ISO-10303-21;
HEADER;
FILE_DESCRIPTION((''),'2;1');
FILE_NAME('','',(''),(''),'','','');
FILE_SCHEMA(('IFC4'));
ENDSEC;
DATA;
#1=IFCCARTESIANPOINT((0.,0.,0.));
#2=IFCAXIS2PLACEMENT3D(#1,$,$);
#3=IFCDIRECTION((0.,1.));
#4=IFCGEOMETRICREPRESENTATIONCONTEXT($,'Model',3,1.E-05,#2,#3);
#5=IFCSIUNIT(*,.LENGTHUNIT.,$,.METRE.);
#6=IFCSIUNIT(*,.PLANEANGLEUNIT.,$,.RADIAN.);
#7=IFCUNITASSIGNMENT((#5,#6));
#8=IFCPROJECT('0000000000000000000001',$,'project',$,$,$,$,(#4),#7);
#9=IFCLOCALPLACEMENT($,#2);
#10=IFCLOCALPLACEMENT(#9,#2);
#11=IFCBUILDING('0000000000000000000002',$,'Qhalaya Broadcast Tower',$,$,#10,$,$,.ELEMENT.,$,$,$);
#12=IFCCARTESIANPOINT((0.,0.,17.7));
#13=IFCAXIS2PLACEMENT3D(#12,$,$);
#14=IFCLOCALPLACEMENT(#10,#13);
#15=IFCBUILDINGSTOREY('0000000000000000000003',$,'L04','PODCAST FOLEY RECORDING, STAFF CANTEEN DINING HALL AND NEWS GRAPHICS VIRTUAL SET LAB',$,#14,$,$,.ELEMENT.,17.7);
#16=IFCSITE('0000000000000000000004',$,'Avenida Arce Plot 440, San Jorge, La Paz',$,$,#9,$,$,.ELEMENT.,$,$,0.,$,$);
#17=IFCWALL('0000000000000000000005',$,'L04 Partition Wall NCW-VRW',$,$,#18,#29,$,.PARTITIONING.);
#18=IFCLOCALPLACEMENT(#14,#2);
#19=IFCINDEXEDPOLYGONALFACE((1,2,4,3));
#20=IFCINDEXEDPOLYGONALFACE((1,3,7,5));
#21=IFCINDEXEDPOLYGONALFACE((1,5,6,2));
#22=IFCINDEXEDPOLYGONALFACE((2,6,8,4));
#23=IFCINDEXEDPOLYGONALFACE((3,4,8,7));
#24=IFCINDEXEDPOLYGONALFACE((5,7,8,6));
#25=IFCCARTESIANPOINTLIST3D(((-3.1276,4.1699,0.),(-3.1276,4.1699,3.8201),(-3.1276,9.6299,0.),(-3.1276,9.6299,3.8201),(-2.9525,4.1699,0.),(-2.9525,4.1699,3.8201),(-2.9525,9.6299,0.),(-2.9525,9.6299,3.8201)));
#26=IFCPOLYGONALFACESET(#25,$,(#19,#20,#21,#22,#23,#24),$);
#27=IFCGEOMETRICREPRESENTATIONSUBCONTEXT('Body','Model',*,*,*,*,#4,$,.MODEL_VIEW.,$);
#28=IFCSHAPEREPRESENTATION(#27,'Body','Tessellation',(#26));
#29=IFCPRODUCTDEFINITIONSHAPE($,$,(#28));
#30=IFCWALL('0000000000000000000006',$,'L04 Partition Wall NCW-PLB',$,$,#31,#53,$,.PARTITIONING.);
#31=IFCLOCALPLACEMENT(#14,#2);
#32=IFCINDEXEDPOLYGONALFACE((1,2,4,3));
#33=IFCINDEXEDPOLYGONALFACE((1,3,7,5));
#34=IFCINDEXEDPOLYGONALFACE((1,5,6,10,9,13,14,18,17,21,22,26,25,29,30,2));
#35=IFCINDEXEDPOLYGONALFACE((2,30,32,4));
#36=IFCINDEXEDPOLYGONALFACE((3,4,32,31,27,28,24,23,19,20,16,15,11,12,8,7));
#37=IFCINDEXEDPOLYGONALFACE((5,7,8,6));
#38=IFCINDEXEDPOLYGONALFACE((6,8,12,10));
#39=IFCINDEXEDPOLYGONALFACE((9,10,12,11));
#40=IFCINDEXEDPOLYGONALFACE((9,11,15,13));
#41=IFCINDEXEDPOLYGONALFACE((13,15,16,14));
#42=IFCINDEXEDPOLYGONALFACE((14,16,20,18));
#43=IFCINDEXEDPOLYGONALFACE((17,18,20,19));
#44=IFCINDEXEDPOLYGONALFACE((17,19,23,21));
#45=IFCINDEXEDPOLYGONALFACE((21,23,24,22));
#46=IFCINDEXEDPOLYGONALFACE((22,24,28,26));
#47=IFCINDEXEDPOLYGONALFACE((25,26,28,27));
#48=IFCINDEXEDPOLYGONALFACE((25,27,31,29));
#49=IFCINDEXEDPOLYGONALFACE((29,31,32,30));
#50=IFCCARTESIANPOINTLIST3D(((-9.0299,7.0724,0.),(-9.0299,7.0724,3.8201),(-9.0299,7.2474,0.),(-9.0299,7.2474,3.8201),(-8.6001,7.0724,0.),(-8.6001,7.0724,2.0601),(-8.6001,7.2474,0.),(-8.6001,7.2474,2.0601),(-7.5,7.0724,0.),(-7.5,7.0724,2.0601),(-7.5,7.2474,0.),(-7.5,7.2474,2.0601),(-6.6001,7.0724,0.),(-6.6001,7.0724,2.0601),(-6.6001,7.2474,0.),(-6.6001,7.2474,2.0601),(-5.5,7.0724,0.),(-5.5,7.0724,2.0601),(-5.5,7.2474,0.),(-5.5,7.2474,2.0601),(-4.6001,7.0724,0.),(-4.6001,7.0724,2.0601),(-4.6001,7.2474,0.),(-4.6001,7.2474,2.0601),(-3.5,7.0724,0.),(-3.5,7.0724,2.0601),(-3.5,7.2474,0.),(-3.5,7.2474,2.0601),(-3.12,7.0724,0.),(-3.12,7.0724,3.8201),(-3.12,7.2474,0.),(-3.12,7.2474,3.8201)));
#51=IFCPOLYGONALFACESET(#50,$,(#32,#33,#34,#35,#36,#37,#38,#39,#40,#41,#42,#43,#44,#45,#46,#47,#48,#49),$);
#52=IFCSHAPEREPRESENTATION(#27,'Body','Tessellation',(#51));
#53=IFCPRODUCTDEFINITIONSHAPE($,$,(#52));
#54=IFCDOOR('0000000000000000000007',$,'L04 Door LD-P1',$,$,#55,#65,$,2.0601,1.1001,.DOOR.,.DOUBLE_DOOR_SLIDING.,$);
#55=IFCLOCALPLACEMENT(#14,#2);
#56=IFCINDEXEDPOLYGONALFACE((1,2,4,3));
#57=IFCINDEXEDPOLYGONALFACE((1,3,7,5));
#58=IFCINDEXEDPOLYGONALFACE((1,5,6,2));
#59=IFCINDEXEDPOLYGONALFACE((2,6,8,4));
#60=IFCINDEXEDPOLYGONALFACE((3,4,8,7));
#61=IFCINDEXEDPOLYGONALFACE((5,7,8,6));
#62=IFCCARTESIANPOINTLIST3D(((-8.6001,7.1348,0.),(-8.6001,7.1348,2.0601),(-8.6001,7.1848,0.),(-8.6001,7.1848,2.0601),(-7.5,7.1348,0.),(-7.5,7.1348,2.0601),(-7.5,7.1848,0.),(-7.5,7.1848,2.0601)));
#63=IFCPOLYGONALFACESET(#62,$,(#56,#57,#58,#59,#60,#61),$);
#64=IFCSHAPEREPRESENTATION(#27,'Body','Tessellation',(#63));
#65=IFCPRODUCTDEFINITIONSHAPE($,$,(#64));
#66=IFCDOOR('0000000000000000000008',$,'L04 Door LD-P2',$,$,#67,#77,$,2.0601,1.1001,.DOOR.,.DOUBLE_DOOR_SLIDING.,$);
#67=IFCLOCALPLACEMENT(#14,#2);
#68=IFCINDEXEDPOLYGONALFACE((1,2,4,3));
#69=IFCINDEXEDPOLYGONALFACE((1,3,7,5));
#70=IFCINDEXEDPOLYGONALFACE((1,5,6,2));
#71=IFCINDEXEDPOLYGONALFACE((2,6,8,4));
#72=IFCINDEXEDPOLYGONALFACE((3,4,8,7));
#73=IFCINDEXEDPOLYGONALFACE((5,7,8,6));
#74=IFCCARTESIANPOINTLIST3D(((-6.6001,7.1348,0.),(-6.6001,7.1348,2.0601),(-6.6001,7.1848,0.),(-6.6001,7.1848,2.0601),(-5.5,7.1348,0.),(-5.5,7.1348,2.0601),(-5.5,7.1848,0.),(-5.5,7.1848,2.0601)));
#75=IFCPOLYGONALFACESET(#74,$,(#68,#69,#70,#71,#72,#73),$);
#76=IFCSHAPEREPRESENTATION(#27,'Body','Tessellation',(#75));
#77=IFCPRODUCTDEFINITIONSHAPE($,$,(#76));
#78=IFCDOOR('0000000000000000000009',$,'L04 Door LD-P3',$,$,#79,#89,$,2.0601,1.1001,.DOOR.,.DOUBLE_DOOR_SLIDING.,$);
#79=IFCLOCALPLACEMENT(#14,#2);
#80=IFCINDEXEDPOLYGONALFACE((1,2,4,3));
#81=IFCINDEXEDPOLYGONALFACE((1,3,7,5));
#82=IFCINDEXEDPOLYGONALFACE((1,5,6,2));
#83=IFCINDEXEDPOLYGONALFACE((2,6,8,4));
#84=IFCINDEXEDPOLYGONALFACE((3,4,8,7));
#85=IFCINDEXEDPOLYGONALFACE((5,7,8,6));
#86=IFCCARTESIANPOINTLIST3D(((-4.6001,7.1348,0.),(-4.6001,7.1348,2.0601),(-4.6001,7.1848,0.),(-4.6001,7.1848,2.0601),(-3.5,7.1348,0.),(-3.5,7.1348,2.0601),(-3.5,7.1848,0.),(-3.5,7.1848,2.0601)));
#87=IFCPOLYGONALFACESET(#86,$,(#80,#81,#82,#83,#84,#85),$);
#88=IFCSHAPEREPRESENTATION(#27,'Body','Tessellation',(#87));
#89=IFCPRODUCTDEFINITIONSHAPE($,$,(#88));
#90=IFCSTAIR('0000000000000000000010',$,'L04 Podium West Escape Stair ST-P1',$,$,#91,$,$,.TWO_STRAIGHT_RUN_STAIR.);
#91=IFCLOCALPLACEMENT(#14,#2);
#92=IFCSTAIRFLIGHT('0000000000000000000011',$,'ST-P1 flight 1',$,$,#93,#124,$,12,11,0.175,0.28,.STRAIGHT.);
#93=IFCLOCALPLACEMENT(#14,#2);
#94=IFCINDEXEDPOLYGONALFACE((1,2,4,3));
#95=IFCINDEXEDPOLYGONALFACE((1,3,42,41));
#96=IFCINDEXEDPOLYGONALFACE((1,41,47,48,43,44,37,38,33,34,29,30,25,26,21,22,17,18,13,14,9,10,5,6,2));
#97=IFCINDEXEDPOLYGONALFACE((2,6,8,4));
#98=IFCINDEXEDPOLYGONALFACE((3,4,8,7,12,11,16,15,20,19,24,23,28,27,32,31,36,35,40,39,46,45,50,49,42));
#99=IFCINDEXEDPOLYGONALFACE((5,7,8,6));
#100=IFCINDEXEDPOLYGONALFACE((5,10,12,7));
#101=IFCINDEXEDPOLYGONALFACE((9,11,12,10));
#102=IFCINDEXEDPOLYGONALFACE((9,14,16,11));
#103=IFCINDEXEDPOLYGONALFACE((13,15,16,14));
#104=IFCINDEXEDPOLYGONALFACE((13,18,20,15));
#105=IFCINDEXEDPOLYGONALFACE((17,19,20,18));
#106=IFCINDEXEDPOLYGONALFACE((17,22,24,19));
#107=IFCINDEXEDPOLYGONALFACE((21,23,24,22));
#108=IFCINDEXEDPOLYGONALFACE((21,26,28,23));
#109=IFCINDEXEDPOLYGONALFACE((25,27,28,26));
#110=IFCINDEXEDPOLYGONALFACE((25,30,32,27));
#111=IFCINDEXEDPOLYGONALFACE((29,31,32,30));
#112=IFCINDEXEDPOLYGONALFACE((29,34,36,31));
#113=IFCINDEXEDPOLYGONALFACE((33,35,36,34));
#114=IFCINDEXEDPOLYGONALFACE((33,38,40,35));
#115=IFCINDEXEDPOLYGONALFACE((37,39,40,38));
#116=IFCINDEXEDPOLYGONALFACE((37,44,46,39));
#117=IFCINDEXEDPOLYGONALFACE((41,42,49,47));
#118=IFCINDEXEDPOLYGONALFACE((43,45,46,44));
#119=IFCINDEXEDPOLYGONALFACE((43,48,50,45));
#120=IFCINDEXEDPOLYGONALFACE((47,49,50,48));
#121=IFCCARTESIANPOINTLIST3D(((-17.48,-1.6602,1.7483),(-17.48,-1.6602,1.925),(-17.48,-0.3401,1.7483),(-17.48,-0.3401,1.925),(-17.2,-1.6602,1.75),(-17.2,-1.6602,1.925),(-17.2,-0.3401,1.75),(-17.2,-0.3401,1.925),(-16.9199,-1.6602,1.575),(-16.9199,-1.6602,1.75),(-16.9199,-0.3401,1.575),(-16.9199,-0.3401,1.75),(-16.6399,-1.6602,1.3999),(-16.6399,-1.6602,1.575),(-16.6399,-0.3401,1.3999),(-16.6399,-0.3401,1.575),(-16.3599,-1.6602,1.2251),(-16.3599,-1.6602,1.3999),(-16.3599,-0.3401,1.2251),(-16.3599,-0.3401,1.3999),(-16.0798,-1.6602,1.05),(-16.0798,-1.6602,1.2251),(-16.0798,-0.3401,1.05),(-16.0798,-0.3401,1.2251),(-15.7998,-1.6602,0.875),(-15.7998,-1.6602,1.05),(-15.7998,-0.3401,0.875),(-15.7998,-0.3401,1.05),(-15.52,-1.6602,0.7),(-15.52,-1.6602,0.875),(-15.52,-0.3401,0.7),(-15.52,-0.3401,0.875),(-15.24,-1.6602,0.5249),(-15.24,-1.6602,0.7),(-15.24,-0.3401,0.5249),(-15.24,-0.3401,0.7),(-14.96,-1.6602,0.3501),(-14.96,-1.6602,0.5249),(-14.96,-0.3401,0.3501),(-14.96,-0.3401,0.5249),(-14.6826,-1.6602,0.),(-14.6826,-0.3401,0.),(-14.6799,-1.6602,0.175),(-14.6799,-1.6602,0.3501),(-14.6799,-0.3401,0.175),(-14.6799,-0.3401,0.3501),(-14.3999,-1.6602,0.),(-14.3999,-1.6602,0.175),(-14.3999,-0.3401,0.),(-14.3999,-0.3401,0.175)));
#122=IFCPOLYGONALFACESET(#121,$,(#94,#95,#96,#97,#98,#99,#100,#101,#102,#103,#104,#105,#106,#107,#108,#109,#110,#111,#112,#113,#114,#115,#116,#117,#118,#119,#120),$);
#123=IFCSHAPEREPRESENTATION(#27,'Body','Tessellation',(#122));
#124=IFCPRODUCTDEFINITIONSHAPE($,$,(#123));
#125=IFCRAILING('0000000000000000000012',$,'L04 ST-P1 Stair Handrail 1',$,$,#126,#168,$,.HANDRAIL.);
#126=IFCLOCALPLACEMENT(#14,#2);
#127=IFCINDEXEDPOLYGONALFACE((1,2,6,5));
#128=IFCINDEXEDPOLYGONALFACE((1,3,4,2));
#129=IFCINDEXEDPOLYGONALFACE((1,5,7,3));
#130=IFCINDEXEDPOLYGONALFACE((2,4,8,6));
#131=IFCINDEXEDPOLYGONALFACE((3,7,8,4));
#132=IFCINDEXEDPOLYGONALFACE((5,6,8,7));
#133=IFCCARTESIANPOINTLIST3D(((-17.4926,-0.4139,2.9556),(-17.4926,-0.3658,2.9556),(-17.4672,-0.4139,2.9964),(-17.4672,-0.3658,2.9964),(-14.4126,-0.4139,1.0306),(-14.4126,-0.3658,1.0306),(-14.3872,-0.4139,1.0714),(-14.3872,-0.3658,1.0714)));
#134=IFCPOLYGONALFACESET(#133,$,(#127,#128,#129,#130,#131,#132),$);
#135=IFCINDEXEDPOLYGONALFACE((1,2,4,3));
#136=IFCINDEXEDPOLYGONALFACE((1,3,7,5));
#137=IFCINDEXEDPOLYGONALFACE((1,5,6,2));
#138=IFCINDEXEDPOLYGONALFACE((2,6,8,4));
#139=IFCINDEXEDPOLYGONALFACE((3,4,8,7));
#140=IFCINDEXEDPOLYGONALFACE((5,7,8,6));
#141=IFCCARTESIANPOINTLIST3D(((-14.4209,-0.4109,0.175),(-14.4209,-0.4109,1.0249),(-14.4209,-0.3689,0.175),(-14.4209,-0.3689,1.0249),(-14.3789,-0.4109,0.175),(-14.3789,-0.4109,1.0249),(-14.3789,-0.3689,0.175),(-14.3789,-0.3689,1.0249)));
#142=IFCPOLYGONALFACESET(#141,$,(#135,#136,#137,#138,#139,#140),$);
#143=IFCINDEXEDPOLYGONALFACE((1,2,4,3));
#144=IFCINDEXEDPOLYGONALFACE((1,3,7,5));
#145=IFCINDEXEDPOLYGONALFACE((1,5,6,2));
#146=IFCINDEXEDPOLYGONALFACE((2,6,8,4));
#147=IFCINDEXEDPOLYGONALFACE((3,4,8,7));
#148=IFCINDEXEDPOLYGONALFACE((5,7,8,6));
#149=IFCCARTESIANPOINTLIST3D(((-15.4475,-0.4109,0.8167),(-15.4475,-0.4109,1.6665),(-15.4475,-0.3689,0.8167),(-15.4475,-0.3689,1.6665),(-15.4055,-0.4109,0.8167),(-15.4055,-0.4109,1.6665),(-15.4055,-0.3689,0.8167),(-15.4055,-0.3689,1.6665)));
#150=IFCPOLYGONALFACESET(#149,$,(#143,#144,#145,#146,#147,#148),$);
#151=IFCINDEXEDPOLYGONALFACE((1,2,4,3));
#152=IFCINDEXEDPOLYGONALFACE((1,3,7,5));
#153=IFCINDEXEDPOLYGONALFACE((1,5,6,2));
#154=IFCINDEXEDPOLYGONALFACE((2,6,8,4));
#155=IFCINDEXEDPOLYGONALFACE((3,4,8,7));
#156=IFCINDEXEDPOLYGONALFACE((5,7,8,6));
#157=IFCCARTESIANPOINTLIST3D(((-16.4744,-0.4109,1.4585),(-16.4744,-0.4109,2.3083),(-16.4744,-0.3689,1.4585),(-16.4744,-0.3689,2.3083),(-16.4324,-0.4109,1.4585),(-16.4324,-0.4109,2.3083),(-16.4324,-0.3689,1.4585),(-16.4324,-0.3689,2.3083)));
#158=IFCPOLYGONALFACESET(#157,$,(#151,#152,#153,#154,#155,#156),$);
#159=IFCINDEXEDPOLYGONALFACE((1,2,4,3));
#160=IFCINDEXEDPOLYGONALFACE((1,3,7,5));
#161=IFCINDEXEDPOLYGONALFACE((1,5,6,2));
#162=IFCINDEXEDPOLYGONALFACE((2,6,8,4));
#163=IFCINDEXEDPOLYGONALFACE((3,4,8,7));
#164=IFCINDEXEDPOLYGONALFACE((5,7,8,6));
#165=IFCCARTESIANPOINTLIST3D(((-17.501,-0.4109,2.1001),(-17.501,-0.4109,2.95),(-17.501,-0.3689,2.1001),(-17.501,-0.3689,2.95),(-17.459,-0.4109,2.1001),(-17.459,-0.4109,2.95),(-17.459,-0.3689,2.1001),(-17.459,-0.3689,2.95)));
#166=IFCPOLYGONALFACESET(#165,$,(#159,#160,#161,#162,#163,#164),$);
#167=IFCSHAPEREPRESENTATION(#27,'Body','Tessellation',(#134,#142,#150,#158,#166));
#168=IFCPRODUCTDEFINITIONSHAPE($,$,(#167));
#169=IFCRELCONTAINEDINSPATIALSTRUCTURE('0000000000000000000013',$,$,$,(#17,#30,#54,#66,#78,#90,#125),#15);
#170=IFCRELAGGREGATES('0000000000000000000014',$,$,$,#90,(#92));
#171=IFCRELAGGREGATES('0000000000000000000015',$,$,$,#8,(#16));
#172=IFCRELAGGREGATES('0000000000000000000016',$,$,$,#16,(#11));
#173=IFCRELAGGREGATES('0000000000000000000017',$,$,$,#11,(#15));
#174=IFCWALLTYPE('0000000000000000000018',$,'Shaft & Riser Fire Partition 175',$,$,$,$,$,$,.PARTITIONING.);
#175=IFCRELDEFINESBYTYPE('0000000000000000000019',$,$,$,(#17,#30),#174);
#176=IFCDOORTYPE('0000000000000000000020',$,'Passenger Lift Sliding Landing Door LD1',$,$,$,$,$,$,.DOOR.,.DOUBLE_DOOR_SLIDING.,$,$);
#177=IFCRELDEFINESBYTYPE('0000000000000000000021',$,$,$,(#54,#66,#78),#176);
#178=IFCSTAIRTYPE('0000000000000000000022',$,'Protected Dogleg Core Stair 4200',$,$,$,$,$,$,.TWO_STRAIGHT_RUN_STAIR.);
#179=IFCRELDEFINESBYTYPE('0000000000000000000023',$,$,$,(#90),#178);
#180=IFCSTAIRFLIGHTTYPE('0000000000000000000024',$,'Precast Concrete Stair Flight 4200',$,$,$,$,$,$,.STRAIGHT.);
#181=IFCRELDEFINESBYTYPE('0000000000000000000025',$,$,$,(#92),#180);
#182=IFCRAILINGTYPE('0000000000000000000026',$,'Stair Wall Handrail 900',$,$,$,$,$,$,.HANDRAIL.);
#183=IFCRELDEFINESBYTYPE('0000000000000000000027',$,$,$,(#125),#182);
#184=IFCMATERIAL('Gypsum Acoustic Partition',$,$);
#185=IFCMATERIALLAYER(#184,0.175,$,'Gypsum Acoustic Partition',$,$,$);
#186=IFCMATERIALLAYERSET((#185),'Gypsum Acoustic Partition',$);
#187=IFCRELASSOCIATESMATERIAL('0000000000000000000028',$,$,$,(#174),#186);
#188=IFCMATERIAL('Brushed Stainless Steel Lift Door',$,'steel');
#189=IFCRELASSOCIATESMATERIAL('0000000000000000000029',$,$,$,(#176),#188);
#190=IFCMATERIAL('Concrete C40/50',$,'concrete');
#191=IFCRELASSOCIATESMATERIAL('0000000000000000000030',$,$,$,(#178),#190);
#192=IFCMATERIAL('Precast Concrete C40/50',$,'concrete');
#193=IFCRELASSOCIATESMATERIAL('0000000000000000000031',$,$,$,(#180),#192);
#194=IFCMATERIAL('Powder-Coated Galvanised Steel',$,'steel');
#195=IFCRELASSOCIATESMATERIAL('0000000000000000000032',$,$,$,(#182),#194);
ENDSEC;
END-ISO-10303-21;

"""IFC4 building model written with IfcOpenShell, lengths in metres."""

from ifc_helpers import new_model, si_unit, direction, frame, frame_2d, origin, origin_2d, place, context, subcontext, project, spatial, polyline, rectangle, outline, extrude, material, layer, layer_set, type_object, element, fill, aggregate, save


model = new_model("IFC4")

# Units and contexts
model_context = context("Model", 3, precision=1e-05, world=origin(), true_north=direction((0.0, 1.0)))
body_context = subcontext(model_context, "Body", "Model", "MODEL_VIEW")
ifc_project = project(units=[si_unit("LENGTHUNIT", "METRE"), si_unit("PLANEANGLEUNIT", "RADIAN")], contexts=[model_context])

# Site, building, storey
site_placement = place(None, origin())
site = spatial("IfcSite", under=ifc_project, at=site_placement, Name="Avenida Arce Plot 440, San Jorge, La Paz", CompositionType="ELEMENT", RefElevation=0.0)
building_placement = place(site_placement, origin())
building = spatial("IfcBuilding", under=site, at=building_placement, Name="Qhalaya Broadcast Tower", CompositionType="ELEMENT")
storey_placement = place(building_placement, frame((0.0, 0.0, 17.7)))
storey = spatial("IfcBuildingStorey", under=building, at=storey_placement, Name="L04", Description="PODCAST FOLEY RECORDING, STAFF CANTEEN DINING HALL AND NEWS GRAPHICS VIRTUAL SET LAB", CompositionType="ELEMENT", Elevation=17.7)

# Shared definitions
ifc_material_1 = material(Name="Gypsum Acoustic Partition")

# Wall
ifc_layer_1 = layer(ifc_material_1, 0.175, Name="Gypsum Acoustic Partition")
ifc_layer_set_1 = layer_set([ifc_layer_1], Name="Gypsum Acoustic Partition")
wall_type_1 = type_object("IfcWallType", Name="Shaft & Riser Fire Partition 175", PredefinedType="PARTITIONING", material=ifc_layer_set_1)
wall_1_placement = place(storey_placement, frame((-3.04, 4.1699, 0.0), z_axis=(0.0, 0.0, 1.0), x_axis=(0.0, 1.0, 0.0)))
element("IfcWall", 1, at=wall_1_placement, inside=storey, type_object=wall_type_1, Name="L04 Partition Wall NCW-VRW", PredefinedType="PARTITIONING", context=body_context, shape_type="SweptSolid", body=[
    extrude(rectangle(XDim=5.46, YDim=0.175, at=frame_2d((2.73, 0.0))), origin(), (0.0, 0.0, 1.0), 3.8201),
])

# Wall, openings, doors
wall_2_placement = place(storey_placement, frame((-9.03, 7.1599, 0.0), z_axis=(0.0, 0.0, 1.0), x_axis=(1.0, 0.0, 0.0)))
wall_2 = element("IfcWall", 2, at=wall_2_placement, inside=storey, type_object=wall_type_1, Name="L04 Partition Wall NCW-PLB", PredefinedType="PARTITIONING", context=body_context, shape_type="SweptSolid", body=[
    extrude(rectangle(XDim=5.9099, YDim=0.175, at=frame_2d((2.9551, 0.0))), origin(), (0.0, 0.0, 1.0), 3.8201),
])
opening_1_placement = place(wall_2_placement, frame((0.4299, 0.0, 0.0)))
opening_1 = element("IfcOpeningElement", 3, at=opening_1_placement, cuts=wall_2, PredefinedType="OPENING", context=body_context, shape_type="SweptSolid", body=[
    extrude(rectangle(XDim=1.1001, YDim=2.0601, at=frame_2d((0.55, 1.03))), frame((0.0, 0.0996, 0.0), z_axis=(0.0, -1.0, 0.0), x_axis=(1.0, 0.0, 0.0)), (0.0, 0.0, 1.0), 0.199),
])
opening_2_placement = place(wall_2_placement, frame((2.4299, 0.0, 0.0)))
opening_2 = element("IfcOpeningElement", 4, at=opening_2_placement, cuts=wall_2, PredefinedType="OPENING", context=body_context, shape_type="SweptSolid", body=[
    extrude(rectangle(XDim=1.1001, YDim=2.0601, at=frame_2d((0.55, 1.03))), frame((0.0, 0.0996, 0.0), z_axis=(0.0, -1.0, 0.0), x_axis=(1.0, 0.0, 0.0)), (0.0, 0.0, 1.0), 0.199),
])
opening_3_placement = place(wall_2_placement, frame((4.4299, 0.0, 0.0)))
opening_3 = element("IfcOpeningElement", 5, at=opening_3_placement, cuts=wall_2, PredefinedType="OPENING", context=body_context, shape_type="SweptSolid", body=[
    extrude(rectangle(XDim=1.1001, YDim=2.0601, at=frame_2d((0.55, 1.03))), frame((0.0, 0.0996, 0.0), z_axis=(0.0, -1.0, 0.0), x_axis=(1.0, 0.0, 0.0)), (0.0, 0.0, 1.0), 0.199),
])
ifc_material_2 = material(Name="Brushed Stainless Steel Lift Door", Category="steel")
door_type_1 = type_object("IfcDoorType", Name="Passenger Lift Sliding Landing Door LD1", OperationType="DOUBLE_DOOR_SLIDING", PredefinedType="DOOR", material=ifc_material_2)
door_1_placement = place(opening_1_placement, origin())
door_1 = element("IfcDoor", 6, at=door_1_placement, inside=storey, type_object=door_type_1, Name="L04 Door LD-P1", OperationType="DOUBLE_DOOR_SLIDING", OverallHeight=2.0601, OverallWidth=1.1001, PredefinedType="DOOR", context=body_context, shape_type="SweptSolid", body=[
    extrude(rectangle(XDim=1.1001, YDim=2.0601, at=frame_2d((0.55, 1.03))), frame((0.0, 0.0249, 0.0), z_axis=(0.0, -1.0, 0.0), x_axis=(1.0, 0.0, 0.0)), (0.0, 0.0, 1.0), 0.05),
])
fill(opening_1, door_1)
door_2_placement = place(opening_2_placement, origin())
door_2 = element("IfcDoor", 7, at=door_2_placement, inside=storey, type_object=door_type_1, Name="L04 Door LD-P2", OperationType="DOUBLE_DOOR_SLIDING", OverallHeight=2.0601, OverallWidth=1.1001, PredefinedType="DOOR", context=body_context, shape_type="SweptSolid", body=[
    extrude(rectangle(XDim=1.1001, YDim=2.0601, at=frame_2d((0.55, 1.03))), frame((0.0, 0.0249, 0.0), z_axis=(0.0, -1.0, 0.0), x_axis=(1.0, 0.0, 0.0)), (0.0, 0.0, 1.0), 0.05),
])
fill(opening_2, door_2)
door_3_placement = place(opening_3_placement, origin())
door_3 = element("IfcDoor", 8, at=door_3_placement, inside=storey, type_object=door_type_1, Name="L04 Door LD-P3", OperationType="DOUBLE_DOOR_SLIDING", OverallHeight=2.0601, OverallWidth=1.1001, PredefinedType="DOOR", context=body_context, shape_type="SweptSolid", body=[
    extrude(rectangle(XDim=1.1001, YDim=2.0601, at=frame_2d((0.55, 1.03))), frame((0.0, 0.0249, 0.0), z_axis=(0.0, -1.0, 0.0), x_axis=(1.0, 0.0, 0.0)), (0.0, 0.0, 1.0), 0.05),
])
fill(opening_3, door_3)

# Stair, stair flight
ifc_material_3 = material(Name="Concrete C40/50", Category="concrete")
stair_type = type_object("IfcStairType", Name="Protected Dogleg Core Stair 4200", PredefinedType="TWO_STRAIGHT_RUN_STAIR", material=ifc_material_3)
stair_placement = place(storey_placement, origin())
stair = element("IfcStair", 9, at=stair_placement, inside=storey, type_object=stair_type, Name="L04 Podium West Escape Stair ST-P1", PredefinedType="TWO_STRAIGHT_RUN_STAIR")
ifc_material_4 = material(Name="Precast Concrete C40/50", Category="concrete")
stair_flight_type = type_object("IfcStairFlightType", Name="Precast Concrete Stair Flight 4200", PredefinedType="STRAIGHT", material=ifc_material_4)
stair_flight_placement = place(storey_placement, frame((-14.3999, -1.0, 0.0), z_axis=(0.0, 0.0, 1.0), x_axis=(-1.0, 0.0, 0.0)))
stair_flight = element("IfcStairFlight", 10, at=stair_flight_placement, type_object=stair_flight_type, Name="ST-P1 flight 1", NumberOfRisers=12, NumberOfTreads=11, PredefinedType="STRAIGHT", RiserHeight=0.175, TreadLength=0.28, context=body_context, shape_type="SweptSolid", body=[
    extrude(outline(polyline([(0.0, 0.0), (0.0, 0.175), (0.28, 0.175), (0.28, 0.3501), (0.5601, 0.3501), (0.5601, 0.5249), (0.8401, 0.5249), (0.8401, 0.7), (1.1201, 0.7), (1.1201, 0.875), (1.3999, 0.875), (1.3999, 1.05), (1.6799, 1.05), (1.6799, 1.2251), (1.96, 1.2251), (1.96, 1.3999), (2.24, 1.3999), (2.24, 1.575), (2.52, 1.575), (2.52, 1.75), (2.8, 1.75), (2.8, 1.925), (3.0801, 1.925), (3.0801, 2.1001), (3.0801, 1.7483), (0.2827, 0.0), (0.0, 0.0)])), frame((0.0, 0.6602, 0.0), z_axis=(0.0, -1.0, 0.0), x_axis=(1.0, 0.0, 0.0)), (0.0, 0.0, 1.0), 1.3201),
])
aggregate(stair, [stair_flight])

# Railing
ifc_material_5 = material(Name="Powder-Coated Galvanised Steel", Category="steel")
railing_type_1 = type_object("IfcRailingType", Name="Stair Wall Handrail 900", PredefinedType="HANDRAIL", material=ifc_material_5)
railing_1_placement = place(storey_placement, frame((-14.3999, -0.3899, 0.175)))
element("IfcRailing", 11, at=railing_1_placement, inside=storey, type_object=railing_type_1, Name="L04 ST-P1 Stair Handrail 1", PredefinedType="HANDRAIL", context=body_context, shape_type="SweptSolid", body=[
    extrude(rectangle(XDim=0.0481, YDim=0.0481, at=origin_2d()), frame((0.0, 0.0, 0.876), z_axis=(-0.847998, 0.0, 0.529999), x_axis=(0.0, -1.0, 0.0)), (0.0, 0.0, 1.0), 3.6321),
    extrude(rectangle(XDim=0.042, YDim=0.042, at=origin_2d()), origin(), (0.0, 0.0, 1.0), 0.8499),
    extrude(rectangle(XDim=0.042, YDim=0.042, at=origin_2d()), frame((-1.0266, 0.0, 0.6416)), (0.0, 0.0, 1.0), 0.8499),
    extrude(rectangle(XDim=0.042, YDim=0.042, at=origin_2d()), frame((-2.0535, 0.0, 1.2834)), (0.0, 0.0, 1.0), 0.8499),
    extrude(rectangle(XDim=0.042, YDim=0.042, at=origin_2d()), frame((-3.0801, 0.0, 1.925)), (0.0, 0.0, 1.0), 0.8499),
])

save(model, "model.ifc")
